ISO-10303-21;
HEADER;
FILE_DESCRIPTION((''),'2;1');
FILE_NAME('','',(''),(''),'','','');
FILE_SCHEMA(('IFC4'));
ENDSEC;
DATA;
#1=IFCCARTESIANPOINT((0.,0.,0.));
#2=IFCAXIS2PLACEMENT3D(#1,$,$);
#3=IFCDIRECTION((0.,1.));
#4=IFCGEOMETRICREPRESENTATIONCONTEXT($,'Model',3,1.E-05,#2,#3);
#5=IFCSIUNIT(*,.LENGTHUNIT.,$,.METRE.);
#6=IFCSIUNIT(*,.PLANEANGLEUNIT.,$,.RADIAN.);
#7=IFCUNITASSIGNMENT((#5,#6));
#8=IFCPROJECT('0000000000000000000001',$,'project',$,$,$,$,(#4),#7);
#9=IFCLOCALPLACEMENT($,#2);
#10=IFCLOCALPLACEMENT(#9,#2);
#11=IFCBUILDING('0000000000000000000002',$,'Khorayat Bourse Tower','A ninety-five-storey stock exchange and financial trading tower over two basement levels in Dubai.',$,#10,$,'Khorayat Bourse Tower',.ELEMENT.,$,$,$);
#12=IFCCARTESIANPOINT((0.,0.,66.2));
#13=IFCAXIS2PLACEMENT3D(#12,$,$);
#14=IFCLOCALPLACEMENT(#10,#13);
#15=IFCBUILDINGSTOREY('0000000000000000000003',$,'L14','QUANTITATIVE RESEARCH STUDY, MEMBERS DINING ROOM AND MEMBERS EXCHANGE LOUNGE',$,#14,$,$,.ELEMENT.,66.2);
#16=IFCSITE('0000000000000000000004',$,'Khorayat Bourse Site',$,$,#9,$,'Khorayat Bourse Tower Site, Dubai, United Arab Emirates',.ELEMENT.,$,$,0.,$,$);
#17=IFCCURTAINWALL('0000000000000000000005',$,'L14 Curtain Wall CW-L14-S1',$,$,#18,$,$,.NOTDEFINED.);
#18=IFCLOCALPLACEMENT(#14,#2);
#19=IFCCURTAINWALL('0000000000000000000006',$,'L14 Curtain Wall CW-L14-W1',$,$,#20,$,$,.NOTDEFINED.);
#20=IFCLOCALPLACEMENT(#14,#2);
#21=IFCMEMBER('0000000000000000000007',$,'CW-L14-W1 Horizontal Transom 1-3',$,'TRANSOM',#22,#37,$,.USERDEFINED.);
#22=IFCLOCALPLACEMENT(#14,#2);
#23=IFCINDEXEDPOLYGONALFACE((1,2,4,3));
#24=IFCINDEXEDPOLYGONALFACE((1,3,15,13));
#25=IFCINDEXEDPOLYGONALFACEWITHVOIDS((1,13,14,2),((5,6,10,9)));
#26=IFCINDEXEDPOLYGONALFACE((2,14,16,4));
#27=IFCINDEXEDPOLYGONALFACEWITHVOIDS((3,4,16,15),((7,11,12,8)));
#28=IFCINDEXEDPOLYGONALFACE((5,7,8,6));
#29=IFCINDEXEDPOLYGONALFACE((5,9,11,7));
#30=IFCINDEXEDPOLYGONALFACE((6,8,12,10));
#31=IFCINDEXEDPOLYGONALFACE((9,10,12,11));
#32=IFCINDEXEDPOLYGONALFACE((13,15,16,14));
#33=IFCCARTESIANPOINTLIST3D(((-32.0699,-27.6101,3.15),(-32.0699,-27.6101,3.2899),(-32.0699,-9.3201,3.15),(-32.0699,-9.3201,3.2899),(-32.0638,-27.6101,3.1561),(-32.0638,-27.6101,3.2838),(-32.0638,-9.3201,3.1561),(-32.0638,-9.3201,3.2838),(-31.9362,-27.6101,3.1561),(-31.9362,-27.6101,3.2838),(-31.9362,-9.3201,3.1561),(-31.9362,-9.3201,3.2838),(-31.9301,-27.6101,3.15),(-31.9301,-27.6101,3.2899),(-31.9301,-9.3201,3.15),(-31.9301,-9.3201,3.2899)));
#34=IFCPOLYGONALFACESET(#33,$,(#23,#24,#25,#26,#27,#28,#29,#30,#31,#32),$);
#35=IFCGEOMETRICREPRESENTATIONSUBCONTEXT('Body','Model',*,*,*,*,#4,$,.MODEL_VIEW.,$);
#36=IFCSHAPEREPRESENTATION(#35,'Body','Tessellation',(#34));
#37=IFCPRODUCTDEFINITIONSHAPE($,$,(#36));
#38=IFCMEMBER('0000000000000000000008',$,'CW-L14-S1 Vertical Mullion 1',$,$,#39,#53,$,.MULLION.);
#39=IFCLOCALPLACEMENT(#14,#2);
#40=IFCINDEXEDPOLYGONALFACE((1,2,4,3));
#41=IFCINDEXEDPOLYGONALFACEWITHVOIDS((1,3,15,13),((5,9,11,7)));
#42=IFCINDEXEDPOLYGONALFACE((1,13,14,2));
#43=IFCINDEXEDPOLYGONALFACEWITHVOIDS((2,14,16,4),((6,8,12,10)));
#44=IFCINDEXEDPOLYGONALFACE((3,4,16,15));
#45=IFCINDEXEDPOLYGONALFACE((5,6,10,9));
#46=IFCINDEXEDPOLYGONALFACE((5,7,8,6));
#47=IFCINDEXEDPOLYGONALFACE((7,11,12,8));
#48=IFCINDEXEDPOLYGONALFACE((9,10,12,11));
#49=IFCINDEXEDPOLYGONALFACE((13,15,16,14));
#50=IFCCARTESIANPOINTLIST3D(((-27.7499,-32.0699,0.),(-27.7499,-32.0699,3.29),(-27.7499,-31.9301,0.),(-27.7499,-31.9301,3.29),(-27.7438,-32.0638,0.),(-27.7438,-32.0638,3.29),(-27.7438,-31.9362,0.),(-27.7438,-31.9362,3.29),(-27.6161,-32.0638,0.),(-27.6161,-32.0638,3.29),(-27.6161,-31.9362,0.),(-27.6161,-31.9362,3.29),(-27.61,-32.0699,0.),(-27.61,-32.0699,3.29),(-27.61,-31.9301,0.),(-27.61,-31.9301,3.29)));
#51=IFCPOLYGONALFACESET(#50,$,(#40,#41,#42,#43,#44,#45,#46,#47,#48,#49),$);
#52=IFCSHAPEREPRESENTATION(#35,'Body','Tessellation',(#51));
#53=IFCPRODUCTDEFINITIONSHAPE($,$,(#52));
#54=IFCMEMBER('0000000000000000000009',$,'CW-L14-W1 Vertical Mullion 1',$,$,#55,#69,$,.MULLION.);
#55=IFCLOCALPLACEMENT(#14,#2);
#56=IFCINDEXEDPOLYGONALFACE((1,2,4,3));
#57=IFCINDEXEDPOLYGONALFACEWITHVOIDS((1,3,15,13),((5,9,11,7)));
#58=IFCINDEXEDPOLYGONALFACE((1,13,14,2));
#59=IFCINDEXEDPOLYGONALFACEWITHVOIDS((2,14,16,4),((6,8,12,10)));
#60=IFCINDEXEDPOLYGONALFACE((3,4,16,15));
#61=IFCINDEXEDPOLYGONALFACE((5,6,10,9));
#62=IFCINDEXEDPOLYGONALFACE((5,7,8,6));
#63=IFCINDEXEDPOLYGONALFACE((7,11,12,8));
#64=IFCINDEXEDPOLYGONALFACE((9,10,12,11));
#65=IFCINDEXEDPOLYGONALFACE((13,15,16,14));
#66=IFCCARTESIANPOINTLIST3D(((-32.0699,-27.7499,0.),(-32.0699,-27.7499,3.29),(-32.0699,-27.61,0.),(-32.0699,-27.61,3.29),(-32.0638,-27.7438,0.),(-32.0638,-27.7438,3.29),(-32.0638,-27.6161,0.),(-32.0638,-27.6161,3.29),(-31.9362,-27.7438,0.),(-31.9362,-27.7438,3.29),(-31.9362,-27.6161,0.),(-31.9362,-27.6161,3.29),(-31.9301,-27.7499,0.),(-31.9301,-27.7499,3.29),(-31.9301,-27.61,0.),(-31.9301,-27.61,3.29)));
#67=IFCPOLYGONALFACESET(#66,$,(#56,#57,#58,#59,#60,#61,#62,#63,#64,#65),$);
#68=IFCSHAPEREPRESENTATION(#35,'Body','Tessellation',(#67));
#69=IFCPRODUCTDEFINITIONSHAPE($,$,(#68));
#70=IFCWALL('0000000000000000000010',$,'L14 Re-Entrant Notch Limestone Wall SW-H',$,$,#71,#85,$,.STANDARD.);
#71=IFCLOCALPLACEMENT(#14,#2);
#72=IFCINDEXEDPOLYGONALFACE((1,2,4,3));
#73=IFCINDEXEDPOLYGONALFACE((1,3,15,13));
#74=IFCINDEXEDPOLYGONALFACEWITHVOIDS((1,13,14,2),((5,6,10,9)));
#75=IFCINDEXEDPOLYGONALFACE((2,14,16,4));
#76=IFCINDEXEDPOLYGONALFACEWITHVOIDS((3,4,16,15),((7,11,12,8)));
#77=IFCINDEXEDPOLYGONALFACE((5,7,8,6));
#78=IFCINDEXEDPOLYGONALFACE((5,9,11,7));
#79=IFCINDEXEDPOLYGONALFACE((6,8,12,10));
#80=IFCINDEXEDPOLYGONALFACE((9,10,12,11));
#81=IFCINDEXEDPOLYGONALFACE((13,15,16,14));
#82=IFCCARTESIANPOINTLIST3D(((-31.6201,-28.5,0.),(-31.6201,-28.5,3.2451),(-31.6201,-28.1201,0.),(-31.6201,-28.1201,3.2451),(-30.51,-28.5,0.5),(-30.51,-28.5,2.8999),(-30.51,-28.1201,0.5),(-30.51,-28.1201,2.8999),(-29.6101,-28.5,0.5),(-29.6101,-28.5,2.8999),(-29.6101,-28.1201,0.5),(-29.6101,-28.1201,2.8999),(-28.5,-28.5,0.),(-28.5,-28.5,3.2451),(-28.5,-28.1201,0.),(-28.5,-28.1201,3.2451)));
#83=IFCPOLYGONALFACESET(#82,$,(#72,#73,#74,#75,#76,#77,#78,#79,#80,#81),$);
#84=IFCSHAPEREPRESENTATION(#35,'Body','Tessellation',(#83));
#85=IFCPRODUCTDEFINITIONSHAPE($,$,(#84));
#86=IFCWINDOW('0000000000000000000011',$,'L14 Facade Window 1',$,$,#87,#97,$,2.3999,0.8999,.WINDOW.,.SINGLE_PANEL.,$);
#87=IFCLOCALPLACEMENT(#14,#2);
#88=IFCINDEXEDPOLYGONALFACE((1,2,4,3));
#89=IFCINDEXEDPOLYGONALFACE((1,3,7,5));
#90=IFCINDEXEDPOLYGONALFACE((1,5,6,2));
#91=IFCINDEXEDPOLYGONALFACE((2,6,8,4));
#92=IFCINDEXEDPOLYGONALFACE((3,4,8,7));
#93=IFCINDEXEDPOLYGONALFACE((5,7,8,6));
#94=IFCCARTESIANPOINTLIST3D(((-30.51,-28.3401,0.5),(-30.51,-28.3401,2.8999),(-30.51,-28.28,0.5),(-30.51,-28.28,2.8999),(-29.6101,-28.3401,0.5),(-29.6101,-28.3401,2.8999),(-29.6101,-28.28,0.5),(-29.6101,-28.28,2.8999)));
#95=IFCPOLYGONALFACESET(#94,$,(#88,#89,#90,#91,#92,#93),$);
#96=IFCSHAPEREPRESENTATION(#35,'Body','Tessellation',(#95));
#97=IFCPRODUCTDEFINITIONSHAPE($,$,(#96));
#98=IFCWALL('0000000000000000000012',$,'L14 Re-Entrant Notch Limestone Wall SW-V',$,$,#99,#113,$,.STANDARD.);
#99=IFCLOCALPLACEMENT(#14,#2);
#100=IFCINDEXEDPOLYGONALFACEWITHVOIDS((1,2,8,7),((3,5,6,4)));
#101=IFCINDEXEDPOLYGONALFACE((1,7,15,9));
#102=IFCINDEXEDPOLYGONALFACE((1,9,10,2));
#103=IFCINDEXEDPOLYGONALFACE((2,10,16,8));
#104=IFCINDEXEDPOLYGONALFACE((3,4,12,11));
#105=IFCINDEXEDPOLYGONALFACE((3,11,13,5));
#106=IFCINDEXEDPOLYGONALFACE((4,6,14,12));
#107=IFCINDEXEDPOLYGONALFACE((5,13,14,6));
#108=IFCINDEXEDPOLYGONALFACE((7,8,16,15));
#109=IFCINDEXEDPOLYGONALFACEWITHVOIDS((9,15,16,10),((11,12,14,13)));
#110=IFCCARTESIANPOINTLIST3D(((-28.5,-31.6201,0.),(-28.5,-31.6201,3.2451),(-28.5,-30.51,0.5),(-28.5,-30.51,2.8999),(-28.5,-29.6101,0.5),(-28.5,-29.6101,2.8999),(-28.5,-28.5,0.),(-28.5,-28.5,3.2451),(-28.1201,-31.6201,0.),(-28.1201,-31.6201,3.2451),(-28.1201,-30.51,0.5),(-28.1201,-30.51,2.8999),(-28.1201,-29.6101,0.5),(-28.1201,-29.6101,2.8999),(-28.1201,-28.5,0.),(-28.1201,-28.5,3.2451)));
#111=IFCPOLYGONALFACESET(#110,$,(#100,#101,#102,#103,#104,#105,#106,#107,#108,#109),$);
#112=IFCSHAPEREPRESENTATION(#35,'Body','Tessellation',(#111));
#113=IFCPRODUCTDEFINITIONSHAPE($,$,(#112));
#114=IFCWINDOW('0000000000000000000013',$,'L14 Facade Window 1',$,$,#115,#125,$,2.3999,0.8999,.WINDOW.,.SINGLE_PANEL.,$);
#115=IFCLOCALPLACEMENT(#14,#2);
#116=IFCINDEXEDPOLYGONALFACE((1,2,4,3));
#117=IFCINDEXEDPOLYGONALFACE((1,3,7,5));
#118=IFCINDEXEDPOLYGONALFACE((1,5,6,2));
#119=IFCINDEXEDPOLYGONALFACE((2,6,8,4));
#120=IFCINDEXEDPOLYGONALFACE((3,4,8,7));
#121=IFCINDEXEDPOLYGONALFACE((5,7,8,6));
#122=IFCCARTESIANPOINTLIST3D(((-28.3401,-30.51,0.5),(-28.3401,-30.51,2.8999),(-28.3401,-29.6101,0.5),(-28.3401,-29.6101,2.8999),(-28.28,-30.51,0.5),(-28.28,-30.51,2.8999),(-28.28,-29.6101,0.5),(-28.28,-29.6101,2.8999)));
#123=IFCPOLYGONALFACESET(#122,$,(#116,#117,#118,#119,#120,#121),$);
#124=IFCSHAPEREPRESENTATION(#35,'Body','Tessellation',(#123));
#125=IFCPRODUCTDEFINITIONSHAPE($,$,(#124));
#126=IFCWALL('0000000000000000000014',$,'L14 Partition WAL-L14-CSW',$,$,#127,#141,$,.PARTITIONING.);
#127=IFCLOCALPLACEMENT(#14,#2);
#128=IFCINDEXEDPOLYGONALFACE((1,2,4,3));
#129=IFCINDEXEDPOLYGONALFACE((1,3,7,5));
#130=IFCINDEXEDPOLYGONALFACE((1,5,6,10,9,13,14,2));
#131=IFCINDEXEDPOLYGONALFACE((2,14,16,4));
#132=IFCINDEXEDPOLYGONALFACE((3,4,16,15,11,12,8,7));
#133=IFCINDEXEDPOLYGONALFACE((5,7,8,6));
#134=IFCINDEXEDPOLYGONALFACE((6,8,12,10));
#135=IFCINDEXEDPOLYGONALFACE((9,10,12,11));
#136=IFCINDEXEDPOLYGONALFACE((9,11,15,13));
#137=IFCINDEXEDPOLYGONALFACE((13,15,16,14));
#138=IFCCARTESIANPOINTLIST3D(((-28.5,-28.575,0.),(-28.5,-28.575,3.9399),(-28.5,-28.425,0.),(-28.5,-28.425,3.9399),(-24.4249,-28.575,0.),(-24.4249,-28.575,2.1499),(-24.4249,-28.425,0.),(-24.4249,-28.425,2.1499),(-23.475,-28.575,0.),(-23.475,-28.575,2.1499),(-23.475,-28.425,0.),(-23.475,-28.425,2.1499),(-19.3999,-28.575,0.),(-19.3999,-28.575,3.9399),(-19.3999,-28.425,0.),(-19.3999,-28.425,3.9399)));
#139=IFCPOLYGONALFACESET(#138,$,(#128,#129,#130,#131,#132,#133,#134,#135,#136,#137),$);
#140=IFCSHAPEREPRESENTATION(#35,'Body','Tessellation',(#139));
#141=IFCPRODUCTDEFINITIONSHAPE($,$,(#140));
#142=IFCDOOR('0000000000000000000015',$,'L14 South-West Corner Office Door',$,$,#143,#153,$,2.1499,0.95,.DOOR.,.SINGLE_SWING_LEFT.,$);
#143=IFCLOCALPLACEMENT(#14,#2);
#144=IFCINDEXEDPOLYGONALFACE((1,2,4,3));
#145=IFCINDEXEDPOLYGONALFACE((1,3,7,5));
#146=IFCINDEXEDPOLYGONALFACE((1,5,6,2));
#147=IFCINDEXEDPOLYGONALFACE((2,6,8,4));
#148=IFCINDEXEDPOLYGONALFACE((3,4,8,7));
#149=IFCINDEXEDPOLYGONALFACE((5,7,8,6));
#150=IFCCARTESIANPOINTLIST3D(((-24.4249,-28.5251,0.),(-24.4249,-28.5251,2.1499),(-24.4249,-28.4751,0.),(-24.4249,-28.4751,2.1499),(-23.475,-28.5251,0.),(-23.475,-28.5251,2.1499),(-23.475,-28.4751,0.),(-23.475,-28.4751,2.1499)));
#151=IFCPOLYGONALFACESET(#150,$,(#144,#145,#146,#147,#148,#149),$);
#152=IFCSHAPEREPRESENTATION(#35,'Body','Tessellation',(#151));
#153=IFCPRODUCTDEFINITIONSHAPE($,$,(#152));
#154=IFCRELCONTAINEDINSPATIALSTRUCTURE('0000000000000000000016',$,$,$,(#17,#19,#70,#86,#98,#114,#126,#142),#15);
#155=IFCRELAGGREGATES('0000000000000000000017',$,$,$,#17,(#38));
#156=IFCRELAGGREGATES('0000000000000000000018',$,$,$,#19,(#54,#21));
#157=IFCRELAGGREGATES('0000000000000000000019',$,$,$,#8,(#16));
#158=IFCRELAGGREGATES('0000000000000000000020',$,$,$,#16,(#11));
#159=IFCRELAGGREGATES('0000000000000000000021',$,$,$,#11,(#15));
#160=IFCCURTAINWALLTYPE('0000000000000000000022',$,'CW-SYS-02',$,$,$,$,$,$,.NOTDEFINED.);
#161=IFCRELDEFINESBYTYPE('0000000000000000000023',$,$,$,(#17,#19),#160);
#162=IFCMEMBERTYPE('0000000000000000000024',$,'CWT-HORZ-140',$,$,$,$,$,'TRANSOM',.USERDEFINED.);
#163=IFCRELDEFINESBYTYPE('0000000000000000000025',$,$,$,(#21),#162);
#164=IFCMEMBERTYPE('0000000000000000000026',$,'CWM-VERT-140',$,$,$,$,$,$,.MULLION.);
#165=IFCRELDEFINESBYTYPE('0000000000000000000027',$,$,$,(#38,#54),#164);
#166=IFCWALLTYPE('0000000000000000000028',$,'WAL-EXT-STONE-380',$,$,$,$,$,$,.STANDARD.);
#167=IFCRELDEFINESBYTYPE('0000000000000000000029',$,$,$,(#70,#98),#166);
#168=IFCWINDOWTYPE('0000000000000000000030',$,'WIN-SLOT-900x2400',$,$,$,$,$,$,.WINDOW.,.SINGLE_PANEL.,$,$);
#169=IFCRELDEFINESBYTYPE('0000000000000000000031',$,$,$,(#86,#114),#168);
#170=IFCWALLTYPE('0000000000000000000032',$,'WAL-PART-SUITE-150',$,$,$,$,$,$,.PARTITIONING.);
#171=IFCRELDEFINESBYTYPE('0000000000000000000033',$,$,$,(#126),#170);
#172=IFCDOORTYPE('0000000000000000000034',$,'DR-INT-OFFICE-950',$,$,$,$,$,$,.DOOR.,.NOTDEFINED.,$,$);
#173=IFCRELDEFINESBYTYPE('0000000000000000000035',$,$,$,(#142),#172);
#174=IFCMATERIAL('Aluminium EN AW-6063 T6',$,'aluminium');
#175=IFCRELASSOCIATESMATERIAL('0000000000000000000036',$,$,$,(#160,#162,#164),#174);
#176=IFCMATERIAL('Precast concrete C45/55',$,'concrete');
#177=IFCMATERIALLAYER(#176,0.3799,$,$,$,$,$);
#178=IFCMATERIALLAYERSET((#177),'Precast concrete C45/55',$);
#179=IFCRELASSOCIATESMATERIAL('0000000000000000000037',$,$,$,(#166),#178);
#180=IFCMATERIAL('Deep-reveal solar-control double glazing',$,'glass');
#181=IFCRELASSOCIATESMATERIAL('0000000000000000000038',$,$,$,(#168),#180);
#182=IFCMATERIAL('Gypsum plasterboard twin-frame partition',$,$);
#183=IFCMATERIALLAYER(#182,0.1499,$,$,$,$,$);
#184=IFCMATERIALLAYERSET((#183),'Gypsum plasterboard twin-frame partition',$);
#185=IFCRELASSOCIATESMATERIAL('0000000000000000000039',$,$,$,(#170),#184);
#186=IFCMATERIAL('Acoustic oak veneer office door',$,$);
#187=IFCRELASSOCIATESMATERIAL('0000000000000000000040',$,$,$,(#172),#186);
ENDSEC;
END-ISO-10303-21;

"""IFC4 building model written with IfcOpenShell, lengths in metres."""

from ifc_helpers import new_model, si_unit, direction, frame, frame_2d, origin, origin_2d, place, context, subcontext, project, spatial, rectangle, hollow_rectangle, extrude, source, transform, mapped, material, layer, layer_set, material_profile, profile_set, type_object, element, fill, aggregate, save


model = new_model("IFC4")

# Units and contexts
model_context = context("Model", 3, precision=1e-05, world=origin(), true_north=direction((0.0, 1.0)))
body_context = subcontext(model_context, "Body", "Model", "MODEL_VIEW")
ifc_project = project(units=[si_unit("LENGTHUNIT", "METRE"), si_unit("PLANEANGLEUNIT", "RADIAN")], contexts=[model_context])

# Site, building, storey
site_placement = place(None, origin())
site = spatial("IfcSite", under=ifc_project, at=site_placement, Name="Khorayat Bourse Site", LongName="Khorayat Bourse Tower Site, Dubai, United Arab Emirates", CompositionType="ELEMENT", RefElevation=0.0)
building_placement = place(site_placement, origin())
building = spatial("IfcBuilding", under=site, at=building_placement, Name="Khorayat Bourse Tower", Description="A ninety-five-storey stock exchange and financial trading tower over two basement levels in Dubai.", LongName="Khorayat Bourse Tower", CompositionType="ELEMENT")
storey_placement = place(building_placement, frame((0.0, 0.0, 66.2)))
storey = spatial("IfcBuildingStorey", under=building, at=storey_placement, Name="L14", Description="QUANTITATIVE RESEARCH STUDY, MEMBERS DINING ROOM AND MEMBERS EXCHANGE LOUNGE", CompositionType="ELEMENT", Elevation=66.2)

# Curtain walls, member
ifc_material_1 = material(Name="Aluminium EN AW-6063 T6", Category="aluminium")
curtain_wall_type = type_object("IfcCurtainWallType", Name="CW-SYS-02", PredefinedType="NOTDEFINED", material=ifc_material_1)
curtain_wall_1_placement = place(storey_placement, origin())
curtain_wall_1 = element("IfcCurtainWall", 1, at=curtain_wall_1_placement, inside=storey, type_object=curtain_wall_type, Name="L14 Curtain Wall CW-L14-S1", PredefinedType="NOTDEFINED")
ifc_material_profile_1 = material_profile(ifc_material_1, hollow_rectangle(XDim=0.1399, YDim=0.1399, WallThickness=0.0061, at=origin_2d()), Name="ALU 140x140x6")
ifc_profile_set_1 = profile_set([ifc_material_profile_1], Name="Aluminium EN AW-6063 T6")
member_type_1 = type_object("IfcMemberType", Name="CWT-HORZ-140", ElementType="TRANSOM", PredefinedType="USERDEFINED", material=ifc_profile_set_1)
shared_shape_1 = source(origin(), body_context, "Body", "SweptSolid", [
    extrude(hollow_rectangle(XDim=0.1399, YDim=0.1399, WallThickness=0.0061, at=origin_2d()), origin(), (0.0, 0.0, 1.0), 18.29),
])
curtain_wall_2_placement = place(storey_placement, origin())
curtain_wall_2 = element("IfcCurtainWall", 2, at=curtain_wall_2_placement, inside=storey, type_object=curtain_wall_type, Name="L14 Curtain Wall CW-L14-W1", PredefinedType="NOTDEFINED")
member_1_placement = place(storey_placement, frame((-32.0, -27.6101, 3.22), z_axis=(0.0, 1.0, 0.0), x_axis=(-1.0, 0.0, 0.0)))
member_1 = element("IfcMember", 3, at=member_1_placement, type_object=member_type_1, Name="CW-L14-W1 Horizontal Transom 1-3", ObjectType="TRANSOM", PredefinedType="USERDEFINED", context=body_context, shape_type="MappedRepresentation", body=[
    mapped(shared_shape_1, transform((0.0, 0.0, 0.0), scale=1.0)),
])

# Members
ifc_material_profile_2 = material_profile(ifc_material_1, hollow_rectangle(XDim=0.1399, YDim=0.1399, WallThickness=0.0061, at=origin_2d()), Name="ALU 140x140x6")
ifc_profile_set_2 = profile_set([ifc_material_profile_2], Name="Aluminium EN AW-6063 T6")
member_type_2 = type_object("IfcMemberType", Name="CWM-VERT-140", PredefinedType="MULLION", material=ifc_profile_set_2)
shared_shape_2 = source(origin(), body_context, "Body", "SweptSolid", [
    extrude(hollow_rectangle(XDim=0.1399, YDim=0.1399, WallThickness=0.0061, at=origin_2d()), origin(), (0.0, 0.0, 1.0), 3.29),
])
member_2_placement = place(storey_placement, frame((-27.6799, -32.0, 0.0), z_axis=(0.0, 0.0, 1.0), x_axis=(0.0, 1.0, 0.0)))
member_2 = element("IfcMember", 4, at=member_2_placement, type_object=member_type_2, Name="CW-L14-S1 Vertical Mullion 1", PredefinedType="MULLION", context=body_context, shape_type="MappedRepresentation", body=[
    mapped(shared_shape_2, transform((0.0, 0.0, 0.0), scale=1.0)),
])
aggregate(curtain_wall_1, [member_2])
member_3_placement = place(storey_placement, frame((-32.0, -27.6799, 0.0), z_axis=(0.0, 0.0, 1.0), x_axis=(-1.0, 0.0, 0.0)))
member_3 = element("IfcMember", 5, at=member_3_placement, type_object=member_type_2, Name="CW-L14-W1 Vertical Mullion 1", PredefinedType="MULLION", context=body_context, shape_type="MappedRepresentation", body=[
    mapped(shared_shape_2, transform((0.0, 0.0, 0.0), scale=1.0)),
])
aggregate(curtain_wall_2, [member_3, member_1])

# Walls, openings, windows
ifc_material_2 = material(Name="Precast concrete C45/55", Category="concrete")
ifc_layer_1 = layer(ifc_material_2, 0.3799)
ifc_layer_set_1 = layer_set([ifc_layer_1], Name="Precast concrete C45/55")
wall_type_1 = type_object("IfcWallType", Name="WAL-EXT-STONE-380", PredefinedType="STANDARD", material=ifc_layer_set_1)
shared_shape_3 = source(origin(), body_context, "Body", "SweptSolid", [
    extrude(rectangle(XDim=3.1201, YDim=0.3799, at=frame_2d((1.5601, 0.0))), origin(), (0.0, 0.0, 1.0), 3.2451),
])
wall_1_placement = place(storey_placement, frame((-28.5, -28.3101, 0.0), z_axis=(0.0, 0.0, 1.0), x_axis=(-1.0, 0.0, 0.0)))
wall_1 = element("IfcWall", 6, at=wall_1_placement, inside=storey, type_object=wall_type_1, Name="L14 Re-Entrant Notch Limestone Wall SW-H", PredefinedType="STANDARD", context=body_context, shape_type="MappedRepresentation", body=[
    mapped(shared_shape_3, transform((0.0, 0.0, 0.0), scale=1.0)),
])
shared_shape_4 = source(origin(), body_context, "Body", "SweptSolid", [
    extrude(rectangle(XDim=0.8999, YDim=2.3999, at=frame_2d((0.45, 1.2))), frame((0.0, 0.2, 0.0), z_axis=(0.0, -1.0, 0.0), x_axis=(1.0, 0.0, 0.0)), (0.0, 0.0, 1.0), 0.3999),
])
opening_1_placement = place(wall_1_placement, frame((1.1101, 0.0, 0.5)))
opening_1 = element("IfcOpeningElement", 7, at=opening_1_placement, cuts=wall_1, PredefinedType="OPENING", context=body_context, shape_type="MappedRepresentation", body=[
    mapped(shared_shape_4, transform((0.0, 0.0, 0.0), scale=1.0)),
])
ifc_material_3 = material(Name="Deep-reveal solar-control double glazing", Category="glass")
window_type = type_object("IfcWindowType", Name="WIN-SLOT-900x2400", PartitioningType="SINGLE_PANEL", PredefinedType="WINDOW", material=ifc_material_3)
shared_shape_5 = source(origin(), body_context, "Body", "SweptSolid", [
    extrude(rectangle(XDim=0.8999, YDim=2.3999, at=frame_2d((0.45, 1.2))), frame((0.0, 0.03, 0.0), z_axis=(0.0, -1.0, 0.0), x_axis=(1.0, 0.0, 0.0)), (0.0, 0.0, 1.0), 0.0601),
])
window_1_placement = place(opening_1_placement, origin())
window_1 = element("IfcWindow", 8, at=window_1_placement, inside=storey, type_object=window_type, Name="L14 Facade Window 1", OverallHeight=2.3999, OverallWidth=0.8999, PartitioningType="SINGLE_PANEL", PredefinedType="WINDOW", context=body_context, shape_type="MappedRepresentation", body=[
    mapped(shared_shape_5, transform((0.0, 0.0, 0.0), scale=1.0)),
])
fill(opening_1, window_1)
wall_2_placement = place(storey_placement, frame((-28.3101, -31.6201, 0.0), z_axis=(0.0, 0.0, 1.0), x_axis=(0.0, 1.0, 0.0)))
wall_2 = element("IfcWall", 9, at=wall_2_placement, inside=storey, type_object=wall_type_1, Name="L14 Re-Entrant Notch Limestone Wall SW-V", PredefinedType="STANDARD", context=body_context, shape_type="MappedRepresentation", body=[
    mapped(shared_shape_3, transform((0.0, 0.0, 0.0), scale=1.0)),
])
opening_2_placement = place(wall_2_placement, frame((1.1101, 0.0, 0.5)))
opening_2 = element("IfcOpeningElement", 10, at=opening_2_placement, cuts=wall_2, PredefinedType="OPENING", context=body_context, shape_type="MappedRepresentation", body=[
    mapped(shared_shape_4, transform((0.0, 0.0, 0.0), scale=1.0)),
])
window_2_placement = place(opening_2_placement, origin())
window_2 = element("IfcWindow", 11, at=window_2_placement, inside=storey, type_object=window_type, Name="L14 Facade Window 1", OverallHeight=2.3999, OverallWidth=0.8999, PartitioningType="SINGLE_PANEL", PredefinedType="WINDOW", context=body_context, shape_type="MappedRepresentation", body=[
    mapped(shared_shape_5, transform((0.0, 0.0, 0.0), scale=1.0)),
])
fill(opening_2, window_2)

# Wall, opening, door
ifc_material_4 = material(Name="Gypsum plasterboard twin-frame partition")
ifc_layer_2 = layer(ifc_material_4, 0.1499)
ifc_layer_set_2 = layer_set([ifc_layer_2], Name="Gypsum plasterboard twin-frame partition")
wall_type_2 = type_object("IfcWallType", Name="WAL-PART-SUITE-150", PredefinedType="PARTITIONING", material=ifc_layer_set_2)
shared_shape_6 = source(origin(), body_context, "Body", "SweptSolid", [
    extrude(rectangle(XDim=9.1001, YDim=0.1499, at=frame_2d((4.55, 0.0))), origin(), (0.0, 0.0, 1.0), 3.9399),
])
wall_3_placement = place(storey_placement, frame((-28.5, -28.5, 0.0), z_axis=(0.0, 0.0, 1.0), x_axis=(1.0, 0.0, 0.0)))
wall_3 = element("IfcWall", 12, at=wall_3_placement, inside=storey, type_object=wall_type_2, Name="L14 Partition WAL-L14-CSW", PredefinedType="PARTITIONING", context=body_context, shape_type="MappedRepresentation", body=[
    mapped(shared_shape_6, transform((0.0, 0.0, 0.0), scale=1.0)),
])
shared_shape_7 = source(origin(), body_context, "Body", "SweptSolid", [
    extrude(rectangle(XDim=0.95, YDim=2.1499, at=frame_2d((0.4751, 1.075))), frame((0.0, 0.085, 0.0), z_axis=(0.0, -1.0, 0.0), x_axis=(1.0, 0.0, 0.0)), (0.0, 0.0, 1.0), 0.1699),
])
opening_3_placement = place(wall_3_placement, frame((4.075, 0.0, 0.0)))
opening_3 = element("IfcOpeningElement", 13, at=opening_3_placement, cuts=wall_3, PredefinedType="OPENING", context=body_context, shape_type="MappedRepresentation", body=[
    mapped(shared_shape_7, transform((0.0, 0.0, 0.0), scale=1.0)),
])
ifc_material_5 = material(Name="Acoustic oak veneer office door")
door_type = type_object("IfcDoorType", Name="DR-INT-OFFICE-950", OperationType="NOTDEFINED", PredefinedType="DOOR", material=ifc_material_5)
shared_shape_8 = source(origin(), body_context, "Body", "SweptSolid", [
    extrude(rectangle(XDim=0.95, YDim=2.1499, at=frame_2d((0.4751, 1.075))), frame((0.0, 0.0249, 0.0), z_axis=(0.0, -1.0, 0.0), x_axis=(1.0, 0.0, 0.0)), (0.0, 0.0, 1.0), 0.05),
])
door_placement = place(opening_3_placement, origin())
door = element("IfcDoor", 14, at=door_placement, inside=storey, type_object=door_type, Name="L14 South-West Corner Office Door", OperationType="SINGLE_SWING_LEFT", OverallHeight=2.1499, OverallWidth=0.95, PredefinedType="DOOR", context=body_context, shape_type="MappedRepresentation", body=[
    mapped(shared_shape_8, transform((0.0, 0.0, 0.0), scale=1.0)),
])
fill(opening_3, door)

save(model, "model.ifc")
